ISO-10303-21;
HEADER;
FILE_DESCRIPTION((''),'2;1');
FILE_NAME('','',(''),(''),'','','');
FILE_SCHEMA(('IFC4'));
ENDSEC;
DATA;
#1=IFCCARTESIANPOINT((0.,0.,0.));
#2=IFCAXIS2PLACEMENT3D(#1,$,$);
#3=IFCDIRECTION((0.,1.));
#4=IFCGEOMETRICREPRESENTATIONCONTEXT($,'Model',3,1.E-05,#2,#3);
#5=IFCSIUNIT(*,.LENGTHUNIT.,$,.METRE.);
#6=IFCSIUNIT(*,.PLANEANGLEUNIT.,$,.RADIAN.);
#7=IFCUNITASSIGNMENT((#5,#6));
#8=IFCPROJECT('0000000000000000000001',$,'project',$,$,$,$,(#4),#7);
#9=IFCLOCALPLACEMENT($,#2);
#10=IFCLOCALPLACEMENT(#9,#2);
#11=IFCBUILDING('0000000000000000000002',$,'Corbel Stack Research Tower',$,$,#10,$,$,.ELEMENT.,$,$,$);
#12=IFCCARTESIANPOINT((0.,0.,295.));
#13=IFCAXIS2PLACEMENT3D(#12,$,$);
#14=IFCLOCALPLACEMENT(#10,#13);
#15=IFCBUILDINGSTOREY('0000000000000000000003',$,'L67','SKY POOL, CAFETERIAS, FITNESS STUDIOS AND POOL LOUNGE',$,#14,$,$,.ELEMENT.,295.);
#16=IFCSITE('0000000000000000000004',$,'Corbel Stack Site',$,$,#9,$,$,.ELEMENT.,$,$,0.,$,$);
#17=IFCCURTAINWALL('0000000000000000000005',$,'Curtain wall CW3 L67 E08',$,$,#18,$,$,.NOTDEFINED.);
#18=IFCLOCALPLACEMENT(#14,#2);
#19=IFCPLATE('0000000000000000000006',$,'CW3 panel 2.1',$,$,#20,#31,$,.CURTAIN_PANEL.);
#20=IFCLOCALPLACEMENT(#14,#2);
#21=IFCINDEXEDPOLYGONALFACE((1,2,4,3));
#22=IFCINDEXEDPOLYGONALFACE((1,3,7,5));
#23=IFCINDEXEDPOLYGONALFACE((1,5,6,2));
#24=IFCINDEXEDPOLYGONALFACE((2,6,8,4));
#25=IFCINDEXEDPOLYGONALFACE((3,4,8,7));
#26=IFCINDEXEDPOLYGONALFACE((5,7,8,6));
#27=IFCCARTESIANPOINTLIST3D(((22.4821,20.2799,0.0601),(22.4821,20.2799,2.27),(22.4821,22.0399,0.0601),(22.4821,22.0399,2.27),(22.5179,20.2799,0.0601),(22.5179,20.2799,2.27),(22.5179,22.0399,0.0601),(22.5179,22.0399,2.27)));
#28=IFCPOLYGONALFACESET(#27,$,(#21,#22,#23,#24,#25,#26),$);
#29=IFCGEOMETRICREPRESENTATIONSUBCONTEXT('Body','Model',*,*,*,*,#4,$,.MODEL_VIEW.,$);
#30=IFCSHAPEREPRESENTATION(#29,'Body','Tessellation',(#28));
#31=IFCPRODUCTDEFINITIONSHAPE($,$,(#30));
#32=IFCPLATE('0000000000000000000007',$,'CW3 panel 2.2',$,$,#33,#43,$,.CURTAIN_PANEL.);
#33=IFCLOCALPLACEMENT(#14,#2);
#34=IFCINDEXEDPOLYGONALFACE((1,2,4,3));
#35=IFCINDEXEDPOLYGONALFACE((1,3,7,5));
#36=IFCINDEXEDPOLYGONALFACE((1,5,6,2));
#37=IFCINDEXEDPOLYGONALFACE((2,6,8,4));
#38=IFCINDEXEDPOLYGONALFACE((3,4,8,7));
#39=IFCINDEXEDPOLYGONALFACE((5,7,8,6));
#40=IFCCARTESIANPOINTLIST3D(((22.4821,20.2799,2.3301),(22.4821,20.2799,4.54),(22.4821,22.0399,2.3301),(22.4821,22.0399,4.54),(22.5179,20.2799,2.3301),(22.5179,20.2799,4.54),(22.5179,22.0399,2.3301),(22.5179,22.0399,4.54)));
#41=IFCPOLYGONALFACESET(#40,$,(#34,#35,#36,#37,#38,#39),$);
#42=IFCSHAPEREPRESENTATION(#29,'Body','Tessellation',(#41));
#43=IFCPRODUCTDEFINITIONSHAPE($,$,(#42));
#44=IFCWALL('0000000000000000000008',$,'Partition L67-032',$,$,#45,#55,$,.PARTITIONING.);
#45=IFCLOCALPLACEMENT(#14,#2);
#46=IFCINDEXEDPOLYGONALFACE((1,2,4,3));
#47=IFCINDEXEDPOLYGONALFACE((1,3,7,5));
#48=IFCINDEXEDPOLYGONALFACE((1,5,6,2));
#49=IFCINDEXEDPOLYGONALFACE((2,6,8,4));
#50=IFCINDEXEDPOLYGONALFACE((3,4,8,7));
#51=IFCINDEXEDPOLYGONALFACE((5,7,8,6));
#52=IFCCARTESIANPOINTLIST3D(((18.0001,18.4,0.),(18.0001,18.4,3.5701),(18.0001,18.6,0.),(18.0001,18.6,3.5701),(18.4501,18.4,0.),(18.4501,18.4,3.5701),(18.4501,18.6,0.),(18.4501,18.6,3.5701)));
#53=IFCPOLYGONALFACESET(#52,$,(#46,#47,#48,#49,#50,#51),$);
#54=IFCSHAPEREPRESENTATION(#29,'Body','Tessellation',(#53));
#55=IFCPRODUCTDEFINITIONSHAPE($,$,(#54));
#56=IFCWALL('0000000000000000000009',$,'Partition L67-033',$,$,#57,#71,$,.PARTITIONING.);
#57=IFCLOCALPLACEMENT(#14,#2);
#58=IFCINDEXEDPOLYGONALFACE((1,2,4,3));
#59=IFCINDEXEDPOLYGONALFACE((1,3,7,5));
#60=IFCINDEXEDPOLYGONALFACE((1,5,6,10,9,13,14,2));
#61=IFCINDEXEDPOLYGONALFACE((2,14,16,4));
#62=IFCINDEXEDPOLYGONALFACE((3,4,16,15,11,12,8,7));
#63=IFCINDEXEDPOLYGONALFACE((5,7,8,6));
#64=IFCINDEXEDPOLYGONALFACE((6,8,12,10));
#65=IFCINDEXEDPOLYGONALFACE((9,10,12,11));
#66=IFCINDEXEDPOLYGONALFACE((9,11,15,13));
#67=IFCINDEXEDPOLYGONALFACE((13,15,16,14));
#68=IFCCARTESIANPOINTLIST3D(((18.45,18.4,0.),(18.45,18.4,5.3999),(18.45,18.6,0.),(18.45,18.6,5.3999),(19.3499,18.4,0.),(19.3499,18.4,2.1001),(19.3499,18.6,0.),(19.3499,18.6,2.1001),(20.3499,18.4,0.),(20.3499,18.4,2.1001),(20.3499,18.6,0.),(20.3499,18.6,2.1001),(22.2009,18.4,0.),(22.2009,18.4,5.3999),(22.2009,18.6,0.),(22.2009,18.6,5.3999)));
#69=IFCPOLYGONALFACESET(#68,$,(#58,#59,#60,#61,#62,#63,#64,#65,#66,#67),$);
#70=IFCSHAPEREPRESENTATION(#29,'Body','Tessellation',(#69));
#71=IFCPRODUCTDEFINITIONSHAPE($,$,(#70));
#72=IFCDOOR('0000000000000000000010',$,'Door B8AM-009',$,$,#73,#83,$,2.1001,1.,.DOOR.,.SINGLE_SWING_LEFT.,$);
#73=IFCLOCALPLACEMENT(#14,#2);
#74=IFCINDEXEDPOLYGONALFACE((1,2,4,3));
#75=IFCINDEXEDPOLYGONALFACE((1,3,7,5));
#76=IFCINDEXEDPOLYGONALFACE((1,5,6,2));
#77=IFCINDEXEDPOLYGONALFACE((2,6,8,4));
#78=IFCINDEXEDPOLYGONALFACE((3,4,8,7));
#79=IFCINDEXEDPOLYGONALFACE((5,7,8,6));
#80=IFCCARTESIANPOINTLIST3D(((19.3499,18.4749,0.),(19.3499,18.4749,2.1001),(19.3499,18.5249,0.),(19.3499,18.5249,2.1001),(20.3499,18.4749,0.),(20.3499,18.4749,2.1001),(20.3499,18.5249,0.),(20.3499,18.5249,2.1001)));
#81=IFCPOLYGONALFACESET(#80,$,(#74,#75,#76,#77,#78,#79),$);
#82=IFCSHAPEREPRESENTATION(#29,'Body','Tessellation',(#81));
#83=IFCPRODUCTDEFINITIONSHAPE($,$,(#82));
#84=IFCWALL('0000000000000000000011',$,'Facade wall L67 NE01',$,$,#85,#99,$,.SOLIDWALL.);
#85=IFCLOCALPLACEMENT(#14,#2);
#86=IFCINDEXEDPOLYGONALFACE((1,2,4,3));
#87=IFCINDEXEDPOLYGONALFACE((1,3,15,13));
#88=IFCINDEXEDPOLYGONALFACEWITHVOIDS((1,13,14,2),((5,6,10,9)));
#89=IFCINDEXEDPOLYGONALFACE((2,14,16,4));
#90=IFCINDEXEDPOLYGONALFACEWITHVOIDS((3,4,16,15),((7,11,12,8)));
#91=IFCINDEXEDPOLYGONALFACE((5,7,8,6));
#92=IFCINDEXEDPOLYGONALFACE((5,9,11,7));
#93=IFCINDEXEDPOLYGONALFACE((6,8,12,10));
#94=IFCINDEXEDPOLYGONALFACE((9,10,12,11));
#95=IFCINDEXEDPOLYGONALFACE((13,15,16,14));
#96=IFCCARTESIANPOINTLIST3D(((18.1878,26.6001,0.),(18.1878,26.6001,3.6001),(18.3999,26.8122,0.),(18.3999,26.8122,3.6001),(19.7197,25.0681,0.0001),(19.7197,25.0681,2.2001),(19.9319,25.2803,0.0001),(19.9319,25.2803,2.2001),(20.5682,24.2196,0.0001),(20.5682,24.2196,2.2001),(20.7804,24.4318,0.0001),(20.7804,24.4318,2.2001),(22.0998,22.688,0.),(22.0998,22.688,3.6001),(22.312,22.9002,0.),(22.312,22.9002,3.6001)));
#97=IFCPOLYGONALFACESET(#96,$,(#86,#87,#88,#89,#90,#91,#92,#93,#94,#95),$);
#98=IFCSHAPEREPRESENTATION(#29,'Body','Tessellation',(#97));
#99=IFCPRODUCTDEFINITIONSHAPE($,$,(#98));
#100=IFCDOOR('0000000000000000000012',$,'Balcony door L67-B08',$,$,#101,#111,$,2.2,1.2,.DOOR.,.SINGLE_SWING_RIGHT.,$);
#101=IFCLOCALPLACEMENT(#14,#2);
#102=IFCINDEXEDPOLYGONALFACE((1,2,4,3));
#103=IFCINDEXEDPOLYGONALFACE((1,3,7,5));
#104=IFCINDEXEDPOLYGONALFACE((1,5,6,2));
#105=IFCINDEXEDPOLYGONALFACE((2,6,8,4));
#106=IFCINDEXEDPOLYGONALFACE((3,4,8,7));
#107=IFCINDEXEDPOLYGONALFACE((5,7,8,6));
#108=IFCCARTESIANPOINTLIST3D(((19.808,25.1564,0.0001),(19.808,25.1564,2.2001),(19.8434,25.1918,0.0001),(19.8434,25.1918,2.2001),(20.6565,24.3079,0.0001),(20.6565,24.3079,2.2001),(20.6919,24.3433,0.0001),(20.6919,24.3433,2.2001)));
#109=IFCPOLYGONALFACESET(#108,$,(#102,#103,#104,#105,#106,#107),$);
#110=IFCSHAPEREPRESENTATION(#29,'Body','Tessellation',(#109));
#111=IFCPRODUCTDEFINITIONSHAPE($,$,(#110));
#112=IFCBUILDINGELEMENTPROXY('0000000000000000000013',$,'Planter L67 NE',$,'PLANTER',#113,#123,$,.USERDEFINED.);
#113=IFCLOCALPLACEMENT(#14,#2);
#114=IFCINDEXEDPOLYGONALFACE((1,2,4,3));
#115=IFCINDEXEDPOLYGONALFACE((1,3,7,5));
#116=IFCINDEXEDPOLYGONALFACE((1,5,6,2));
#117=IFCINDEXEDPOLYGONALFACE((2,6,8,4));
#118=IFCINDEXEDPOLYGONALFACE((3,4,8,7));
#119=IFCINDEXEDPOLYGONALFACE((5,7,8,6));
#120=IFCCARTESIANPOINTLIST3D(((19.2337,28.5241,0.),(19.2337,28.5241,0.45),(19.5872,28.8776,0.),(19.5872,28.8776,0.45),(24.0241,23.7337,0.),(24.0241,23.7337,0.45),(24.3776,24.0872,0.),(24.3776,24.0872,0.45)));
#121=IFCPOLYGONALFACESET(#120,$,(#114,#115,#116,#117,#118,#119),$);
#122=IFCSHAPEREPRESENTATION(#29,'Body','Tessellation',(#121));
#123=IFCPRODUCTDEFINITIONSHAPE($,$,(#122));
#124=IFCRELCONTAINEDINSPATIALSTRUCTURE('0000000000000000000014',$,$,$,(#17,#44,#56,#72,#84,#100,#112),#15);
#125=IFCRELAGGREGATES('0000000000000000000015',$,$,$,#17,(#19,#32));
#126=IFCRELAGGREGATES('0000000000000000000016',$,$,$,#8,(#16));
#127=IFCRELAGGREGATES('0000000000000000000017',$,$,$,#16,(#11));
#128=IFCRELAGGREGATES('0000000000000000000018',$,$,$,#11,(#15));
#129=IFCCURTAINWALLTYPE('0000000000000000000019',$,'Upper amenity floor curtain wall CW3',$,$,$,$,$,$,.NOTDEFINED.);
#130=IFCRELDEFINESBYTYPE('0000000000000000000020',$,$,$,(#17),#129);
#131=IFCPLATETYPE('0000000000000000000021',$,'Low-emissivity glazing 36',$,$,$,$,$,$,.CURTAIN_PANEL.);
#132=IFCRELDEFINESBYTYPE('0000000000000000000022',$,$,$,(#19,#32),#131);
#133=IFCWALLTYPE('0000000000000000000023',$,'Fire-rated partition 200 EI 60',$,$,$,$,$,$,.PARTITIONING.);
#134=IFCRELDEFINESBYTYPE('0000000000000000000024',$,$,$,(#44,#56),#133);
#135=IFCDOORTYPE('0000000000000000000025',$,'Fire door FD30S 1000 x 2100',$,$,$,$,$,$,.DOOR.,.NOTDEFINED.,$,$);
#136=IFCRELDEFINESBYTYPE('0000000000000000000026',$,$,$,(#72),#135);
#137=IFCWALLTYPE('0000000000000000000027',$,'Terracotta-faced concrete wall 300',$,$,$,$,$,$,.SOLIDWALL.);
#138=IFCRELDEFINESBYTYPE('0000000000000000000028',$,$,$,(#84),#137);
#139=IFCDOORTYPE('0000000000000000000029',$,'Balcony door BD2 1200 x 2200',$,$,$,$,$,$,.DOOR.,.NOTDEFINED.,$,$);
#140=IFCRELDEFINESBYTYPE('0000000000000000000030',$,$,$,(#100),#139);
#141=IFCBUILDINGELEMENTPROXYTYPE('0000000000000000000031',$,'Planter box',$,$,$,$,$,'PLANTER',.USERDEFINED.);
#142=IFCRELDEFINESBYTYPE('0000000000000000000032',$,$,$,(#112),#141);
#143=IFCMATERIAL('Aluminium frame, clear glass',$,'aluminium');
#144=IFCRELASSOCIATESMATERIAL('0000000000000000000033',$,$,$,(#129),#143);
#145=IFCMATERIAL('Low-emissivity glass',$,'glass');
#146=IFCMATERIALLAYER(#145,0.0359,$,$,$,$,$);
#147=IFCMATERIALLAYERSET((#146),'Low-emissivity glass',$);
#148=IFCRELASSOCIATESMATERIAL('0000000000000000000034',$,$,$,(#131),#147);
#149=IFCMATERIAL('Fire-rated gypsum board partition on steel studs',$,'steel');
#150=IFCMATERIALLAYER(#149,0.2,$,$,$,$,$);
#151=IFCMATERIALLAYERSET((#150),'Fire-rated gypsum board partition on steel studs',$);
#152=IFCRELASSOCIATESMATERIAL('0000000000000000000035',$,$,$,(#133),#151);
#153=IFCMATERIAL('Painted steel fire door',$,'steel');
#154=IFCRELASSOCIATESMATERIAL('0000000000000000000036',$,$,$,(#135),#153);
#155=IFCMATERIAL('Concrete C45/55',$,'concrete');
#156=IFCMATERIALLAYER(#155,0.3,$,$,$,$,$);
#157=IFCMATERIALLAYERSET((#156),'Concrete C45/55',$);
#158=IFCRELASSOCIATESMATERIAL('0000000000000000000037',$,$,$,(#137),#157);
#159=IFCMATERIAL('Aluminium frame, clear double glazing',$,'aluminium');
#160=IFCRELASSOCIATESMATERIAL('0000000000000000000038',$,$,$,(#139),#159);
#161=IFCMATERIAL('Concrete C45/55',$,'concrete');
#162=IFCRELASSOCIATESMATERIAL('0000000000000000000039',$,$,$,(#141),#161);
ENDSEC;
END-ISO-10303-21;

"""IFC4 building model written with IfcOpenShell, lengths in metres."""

from ifc_helpers import new_model, si_unit, direction, frame, frame_2d, origin, origin_2d, place, context, subcontext, project, spatial, rectangle, extrude, material, layer, layer_set, type_object, element, fill, aggregate, save


model = new_model("IFC4")

# Units and contexts
model_context = context("Model", 3, precision=1e-05, world=origin(), true_north=direction((0.0, 1.0)))
body_context = subcontext(model_context, "Body", "Model", "MODEL_VIEW")
ifc_project = project(units=[si_unit("LENGTHUNIT", "METRE"), si_unit("PLANEANGLEUNIT", "RADIAN")], contexts=[model_context])

# Site, building, storey
site_placement = place(None, origin())
site = spatial("IfcSite", under=ifc_project, at=site_placement, Name="Corbel Stack Site", CompositionType="ELEMENT", RefElevation=0.0)
building_placement = place(site_placement, origin())
building = spatial("IfcBuilding", under=site, at=building_placement, Name="Corbel Stack Research Tower", CompositionType="ELEMENT")
storey_placement = place(building_placement, frame((0.0, 0.0, 295.0)))
storey = spatial("IfcBuildingStorey", under=building, at=storey_placement, Name="L67", Description="SKY POOL, CAFETERIAS, FITNESS STUDIOS AND POOL LOUNGE", CompositionType="ELEMENT", Elevation=295.0)

# Curtain wall
ifc_material_1 = material(Name="Aluminium frame, clear glass", Category="aluminium")
curtain_wall_type = type_object("IfcCurtainWallType", Name="Upper amenity floor curtain wall CW3", PredefinedType="NOTDEFINED", material=ifc_material_1)
curtain_wall_1_placement = place(storey_placement, origin())
curtain_wall_1 = element("IfcCurtainWall", 1, at=curtain_wall_1_placement, inside=storey, type_object=curtain_wall_type, Name="Curtain wall CW3 L67 E08", PredefinedType="NOTDEFINED")

# Plates
ifc_material_2 = material(Name="Low-emissivity glass", Category="glass")
ifc_layer_1 = layer(ifc_material_2, 0.0359)
ifc_layer_set_1 = layer_set([ifc_layer_1], Name="Low-emissivity glass")
plate_type = type_object("IfcPlateType", Name="Low-emissivity glazing 36", PredefinedType="CURTAIN_PANEL", material=ifc_layer_set_1)
plate_1_placement = place(storey_placement, frame((22.5, 21.1599, 0.0601), z_axis=(0.0, 0.0, 1.0), x_axis=(0.0, 1.0, 0.0)))
plate_1 = element("IfcPlate", 2, at=plate_1_placement, type_object=plate_type, Name="CW3 panel 2.1", PredefinedType="CURTAIN_PANEL", context=body_context, shape_type="SweptSolid", body=[
    extrude(rectangle(XDim=1.76, YDim=0.0359, at=origin_2d()), origin(), (0.0, 0.0, 1.0), 2.21),
])
plate_2_placement = place(storey_placement, frame((22.5, 21.1599, 2.3301), z_axis=(0.0, 0.0, 1.0), x_axis=(0.0, 1.0, 0.0)))
plate_2 = element("IfcPlate", 3, at=plate_2_placement, type_object=plate_type, Name="CW3 panel 2.2", PredefinedType="CURTAIN_PANEL", context=body_context, shape_type="SweptSolid", body=[
    extrude(rectangle(XDim=1.76, YDim=0.0359, at=origin_2d()), origin(), (0.0, 0.0, 1.0), 2.21),
])
aggregate(curtain_wall_1, [plate_1, plate_2])

# Wall
ifc_material_3 = material(Name="Fire-rated gypsum board partition on steel studs", Category="steel")
ifc_layer_2 = layer(ifc_material_3, 0.2)
ifc_layer_set_2 = layer_set([ifc_layer_2], Name="Fire-rated gypsum board partition on steel studs")
wall_type_1 = type_object("IfcWallType", Name="Fire-rated partition 200 EI 60", PredefinedType="PARTITIONING", material=ifc_layer_set_2)
wall_1_placement = place(storey_placement, frame((18.0, 18.5, 0.0), z_axis=(0.0, 0.0, 1.0), x_axis=(1.0, 0.0, 0.0)))
element("IfcWall", 4, at=wall_1_placement, inside=storey, type_object=wall_type_1, Name="Partition L67-032", PredefinedType="PARTITIONING", context=body_context, shape_type="SweptSolid", body=[
    extrude(rectangle(XDim=0.45, YDim=0.2, at=frame_2d((0.2251, 0.0))), origin(), (0.0, 0.0, 1.0), 3.5701),
])

# Walls, openings, doors
wall_2_placement = place(storey_placement, frame((18.45, 18.5, 0.0), z_axis=(0.0, 0.0, 1.0), x_axis=(1.0, 0.0, 0.0)))
wall_2 = element("IfcWall", 5, at=wall_2_placement, inside=storey, type_object=wall_type_1, Name="Partition L67-033", PredefinedType="PARTITIONING", context=body_context, shape_type="SweptSolid", body=[
    extrude(rectangle(XDim=3.751, YDim=0.2, at=frame_2d((1.8755, 0.0))), origin(), (0.0, 0.0, 1.0), 5.3999),
])
opening_1_placement = place(wall_2_placement, frame((0.8999, 0.0, 0.0)))
opening_1 = element("IfcOpeningElement", 6, at=opening_1_placement, cuts=wall_2, PredefinedType="OPENING", context=body_context, shape_type="SweptSolid", body=[
    extrude(rectangle(XDim=1.0, YDim=2.1001, at=frame_2d((0.5, 1.05))), frame((0.0, 0.1099, 0.0), z_axis=(0.0, -1.0, 0.0), x_axis=(1.0, 0.0, 0.0)), (0.0, 0.0, 1.0), 0.22),
])
ifc_material_4 = material(Name="Painted steel fire door", Category="steel")
door_type_1 = type_object("IfcDoorType", Name="Fire door FD30S 1000 x 2100", OperationType="NOTDEFINED", PredefinedType="DOOR", material=ifc_material_4)
door_1_placement = place(opening_1_placement, origin())
door_1 = element("IfcDoor", 7, at=door_1_placement, inside=storey, type_object=door_type_1, Name="Door B8AM-009", OperationType="SINGLE_SWING_LEFT", OverallHeight=2.1001, OverallWidth=1.0, PredefinedType="DOOR", context=body_context, shape_type="SweptSolid", body=[
    extrude(rectangle(XDim=1.0, YDim=2.1001, at=frame_2d((0.5, 1.05))), frame((0.0, 0.0249, 0.0), z_axis=(0.0, -1.0, 0.0), x_axis=(1.0, 0.0, 0.0)), (0.0, 0.0, 1.0), 0.05),
])
fill(opening_1, door_1)
ifc_material_5 = material(Name="Concrete C45/55", Category="concrete")
ifc_layer_3 = layer(ifc_material_5, 0.3)
ifc_layer_set_3 = layer_set([ifc_layer_3], Name="Concrete C45/55")
wall_type_2 = type_object("IfcWallType", Name="Terracotta-faced concrete wall 300", PredefinedType="SOLIDWALL", material=ifc_layer_set_3)
wall_3_placement = place(storey_placement, frame((18.2939, 26.7061, 0.0), z_axis=(0.0, 0.0, 1.0), x_axis=(0.707107, -0.707107, 0.0)))
wall_3 = element("IfcWall", 8, at=wall_3_placement, inside=storey, type_object=wall_type_2, Name="Facade wall L67 NE01", PredefinedType="SOLIDWALL", context=body_context, shape_type="SweptSolid", body=[
    extrude(rectangle(XDim=5.5325, YDim=0.3, at=frame_2d((2.7661, 0.0))), origin(), (0.0, 0.0, 1.0), 3.6001),
])
opening_2_placement = place(wall_3_placement, frame((2.1663, 0.0, 0.0)))
opening_2 = element("IfcOpeningElement", 9, at=opening_2_placement, cuts=wall_3, PredefinedType="OPENING", context=body_context, shape_type="SweptSolid", body=[
    extrude(rectangle(XDim=1.2, YDim=2.2, at=frame_2d((0.6001, 1.1001))), frame((0.0, 0.1599, 0.0), z_axis=(0.0, -1.0, 0.0), x_axis=(1.0, 0.0, 0.0)), (0.0, 0.0, 1.0), 0.3201),
])
ifc_material_6 = material(Name="Aluminium frame, clear double glazing", Category="aluminium")
door_type_2 = type_object("IfcDoorType", Name="Balcony door BD2 1200 x 2200", OperationType="NOTDEFINED", PredefinedType="DOOR", material=ifc_material_6)
door_2_placement = place(opening_2_placement, origin())
door_2 = element("IfcDoor", 10, at=door_2_placement, inside=storey, type_object=door_type_2, Name="Balcony door L67-B08", OperationType="SINGLE_SWING_RIGHT", OverallHeight=2.2, OverallWidth=1.2, PredefinedType="DOOR", context=body_context, shape_type="SweptSolid", body=[
    extrude(rectangle(XDim=1.2, YDim=2.2, at=frame_2d((0.6001, 1.1001))), frame((0.0, 0.0249, 0.0), z_axis=(0.0, -1.0, 0.0), x_axis=(1.0, 0.0, 0.0)), (0.0, 0.0, 1.0), 0.05),
])
fill(opening_2, door_2)

# Building element proxy
ifc_material_7 = material(Name="Concrete C45/55", Category="concrete")
building_element_proxy_type = type_object("IfcBuildingElementProxyType", Name="Planter box", ElementType="PLANTER", PredefinedType="USERDEFINED", material=ifc_material_7)
proxy_placement = place(storey_placement, frame((21.8057, 26.3057, 0.0), z_axis=(0.0, 0.0, 1.0), x_axis=(-0.707107, 0.707107, 0.0)))
element("IfcBuildingElementProxy", 11, at=proxy_placement, inside=storey, type_object=building_element_proxy_type, Name="Planter L67 NE", ObjectType="PLANTER", PredefinedType="USERDEFINED", context=body_context, shape_type="SweptSolid", body=[
    extrude(rectangle(XDim=6.7747, YDim=0.5, at=origin_2d()), origin(), (0.0, 0.0, 1.0), 0.45),
])

save(model, "model.ifc")
